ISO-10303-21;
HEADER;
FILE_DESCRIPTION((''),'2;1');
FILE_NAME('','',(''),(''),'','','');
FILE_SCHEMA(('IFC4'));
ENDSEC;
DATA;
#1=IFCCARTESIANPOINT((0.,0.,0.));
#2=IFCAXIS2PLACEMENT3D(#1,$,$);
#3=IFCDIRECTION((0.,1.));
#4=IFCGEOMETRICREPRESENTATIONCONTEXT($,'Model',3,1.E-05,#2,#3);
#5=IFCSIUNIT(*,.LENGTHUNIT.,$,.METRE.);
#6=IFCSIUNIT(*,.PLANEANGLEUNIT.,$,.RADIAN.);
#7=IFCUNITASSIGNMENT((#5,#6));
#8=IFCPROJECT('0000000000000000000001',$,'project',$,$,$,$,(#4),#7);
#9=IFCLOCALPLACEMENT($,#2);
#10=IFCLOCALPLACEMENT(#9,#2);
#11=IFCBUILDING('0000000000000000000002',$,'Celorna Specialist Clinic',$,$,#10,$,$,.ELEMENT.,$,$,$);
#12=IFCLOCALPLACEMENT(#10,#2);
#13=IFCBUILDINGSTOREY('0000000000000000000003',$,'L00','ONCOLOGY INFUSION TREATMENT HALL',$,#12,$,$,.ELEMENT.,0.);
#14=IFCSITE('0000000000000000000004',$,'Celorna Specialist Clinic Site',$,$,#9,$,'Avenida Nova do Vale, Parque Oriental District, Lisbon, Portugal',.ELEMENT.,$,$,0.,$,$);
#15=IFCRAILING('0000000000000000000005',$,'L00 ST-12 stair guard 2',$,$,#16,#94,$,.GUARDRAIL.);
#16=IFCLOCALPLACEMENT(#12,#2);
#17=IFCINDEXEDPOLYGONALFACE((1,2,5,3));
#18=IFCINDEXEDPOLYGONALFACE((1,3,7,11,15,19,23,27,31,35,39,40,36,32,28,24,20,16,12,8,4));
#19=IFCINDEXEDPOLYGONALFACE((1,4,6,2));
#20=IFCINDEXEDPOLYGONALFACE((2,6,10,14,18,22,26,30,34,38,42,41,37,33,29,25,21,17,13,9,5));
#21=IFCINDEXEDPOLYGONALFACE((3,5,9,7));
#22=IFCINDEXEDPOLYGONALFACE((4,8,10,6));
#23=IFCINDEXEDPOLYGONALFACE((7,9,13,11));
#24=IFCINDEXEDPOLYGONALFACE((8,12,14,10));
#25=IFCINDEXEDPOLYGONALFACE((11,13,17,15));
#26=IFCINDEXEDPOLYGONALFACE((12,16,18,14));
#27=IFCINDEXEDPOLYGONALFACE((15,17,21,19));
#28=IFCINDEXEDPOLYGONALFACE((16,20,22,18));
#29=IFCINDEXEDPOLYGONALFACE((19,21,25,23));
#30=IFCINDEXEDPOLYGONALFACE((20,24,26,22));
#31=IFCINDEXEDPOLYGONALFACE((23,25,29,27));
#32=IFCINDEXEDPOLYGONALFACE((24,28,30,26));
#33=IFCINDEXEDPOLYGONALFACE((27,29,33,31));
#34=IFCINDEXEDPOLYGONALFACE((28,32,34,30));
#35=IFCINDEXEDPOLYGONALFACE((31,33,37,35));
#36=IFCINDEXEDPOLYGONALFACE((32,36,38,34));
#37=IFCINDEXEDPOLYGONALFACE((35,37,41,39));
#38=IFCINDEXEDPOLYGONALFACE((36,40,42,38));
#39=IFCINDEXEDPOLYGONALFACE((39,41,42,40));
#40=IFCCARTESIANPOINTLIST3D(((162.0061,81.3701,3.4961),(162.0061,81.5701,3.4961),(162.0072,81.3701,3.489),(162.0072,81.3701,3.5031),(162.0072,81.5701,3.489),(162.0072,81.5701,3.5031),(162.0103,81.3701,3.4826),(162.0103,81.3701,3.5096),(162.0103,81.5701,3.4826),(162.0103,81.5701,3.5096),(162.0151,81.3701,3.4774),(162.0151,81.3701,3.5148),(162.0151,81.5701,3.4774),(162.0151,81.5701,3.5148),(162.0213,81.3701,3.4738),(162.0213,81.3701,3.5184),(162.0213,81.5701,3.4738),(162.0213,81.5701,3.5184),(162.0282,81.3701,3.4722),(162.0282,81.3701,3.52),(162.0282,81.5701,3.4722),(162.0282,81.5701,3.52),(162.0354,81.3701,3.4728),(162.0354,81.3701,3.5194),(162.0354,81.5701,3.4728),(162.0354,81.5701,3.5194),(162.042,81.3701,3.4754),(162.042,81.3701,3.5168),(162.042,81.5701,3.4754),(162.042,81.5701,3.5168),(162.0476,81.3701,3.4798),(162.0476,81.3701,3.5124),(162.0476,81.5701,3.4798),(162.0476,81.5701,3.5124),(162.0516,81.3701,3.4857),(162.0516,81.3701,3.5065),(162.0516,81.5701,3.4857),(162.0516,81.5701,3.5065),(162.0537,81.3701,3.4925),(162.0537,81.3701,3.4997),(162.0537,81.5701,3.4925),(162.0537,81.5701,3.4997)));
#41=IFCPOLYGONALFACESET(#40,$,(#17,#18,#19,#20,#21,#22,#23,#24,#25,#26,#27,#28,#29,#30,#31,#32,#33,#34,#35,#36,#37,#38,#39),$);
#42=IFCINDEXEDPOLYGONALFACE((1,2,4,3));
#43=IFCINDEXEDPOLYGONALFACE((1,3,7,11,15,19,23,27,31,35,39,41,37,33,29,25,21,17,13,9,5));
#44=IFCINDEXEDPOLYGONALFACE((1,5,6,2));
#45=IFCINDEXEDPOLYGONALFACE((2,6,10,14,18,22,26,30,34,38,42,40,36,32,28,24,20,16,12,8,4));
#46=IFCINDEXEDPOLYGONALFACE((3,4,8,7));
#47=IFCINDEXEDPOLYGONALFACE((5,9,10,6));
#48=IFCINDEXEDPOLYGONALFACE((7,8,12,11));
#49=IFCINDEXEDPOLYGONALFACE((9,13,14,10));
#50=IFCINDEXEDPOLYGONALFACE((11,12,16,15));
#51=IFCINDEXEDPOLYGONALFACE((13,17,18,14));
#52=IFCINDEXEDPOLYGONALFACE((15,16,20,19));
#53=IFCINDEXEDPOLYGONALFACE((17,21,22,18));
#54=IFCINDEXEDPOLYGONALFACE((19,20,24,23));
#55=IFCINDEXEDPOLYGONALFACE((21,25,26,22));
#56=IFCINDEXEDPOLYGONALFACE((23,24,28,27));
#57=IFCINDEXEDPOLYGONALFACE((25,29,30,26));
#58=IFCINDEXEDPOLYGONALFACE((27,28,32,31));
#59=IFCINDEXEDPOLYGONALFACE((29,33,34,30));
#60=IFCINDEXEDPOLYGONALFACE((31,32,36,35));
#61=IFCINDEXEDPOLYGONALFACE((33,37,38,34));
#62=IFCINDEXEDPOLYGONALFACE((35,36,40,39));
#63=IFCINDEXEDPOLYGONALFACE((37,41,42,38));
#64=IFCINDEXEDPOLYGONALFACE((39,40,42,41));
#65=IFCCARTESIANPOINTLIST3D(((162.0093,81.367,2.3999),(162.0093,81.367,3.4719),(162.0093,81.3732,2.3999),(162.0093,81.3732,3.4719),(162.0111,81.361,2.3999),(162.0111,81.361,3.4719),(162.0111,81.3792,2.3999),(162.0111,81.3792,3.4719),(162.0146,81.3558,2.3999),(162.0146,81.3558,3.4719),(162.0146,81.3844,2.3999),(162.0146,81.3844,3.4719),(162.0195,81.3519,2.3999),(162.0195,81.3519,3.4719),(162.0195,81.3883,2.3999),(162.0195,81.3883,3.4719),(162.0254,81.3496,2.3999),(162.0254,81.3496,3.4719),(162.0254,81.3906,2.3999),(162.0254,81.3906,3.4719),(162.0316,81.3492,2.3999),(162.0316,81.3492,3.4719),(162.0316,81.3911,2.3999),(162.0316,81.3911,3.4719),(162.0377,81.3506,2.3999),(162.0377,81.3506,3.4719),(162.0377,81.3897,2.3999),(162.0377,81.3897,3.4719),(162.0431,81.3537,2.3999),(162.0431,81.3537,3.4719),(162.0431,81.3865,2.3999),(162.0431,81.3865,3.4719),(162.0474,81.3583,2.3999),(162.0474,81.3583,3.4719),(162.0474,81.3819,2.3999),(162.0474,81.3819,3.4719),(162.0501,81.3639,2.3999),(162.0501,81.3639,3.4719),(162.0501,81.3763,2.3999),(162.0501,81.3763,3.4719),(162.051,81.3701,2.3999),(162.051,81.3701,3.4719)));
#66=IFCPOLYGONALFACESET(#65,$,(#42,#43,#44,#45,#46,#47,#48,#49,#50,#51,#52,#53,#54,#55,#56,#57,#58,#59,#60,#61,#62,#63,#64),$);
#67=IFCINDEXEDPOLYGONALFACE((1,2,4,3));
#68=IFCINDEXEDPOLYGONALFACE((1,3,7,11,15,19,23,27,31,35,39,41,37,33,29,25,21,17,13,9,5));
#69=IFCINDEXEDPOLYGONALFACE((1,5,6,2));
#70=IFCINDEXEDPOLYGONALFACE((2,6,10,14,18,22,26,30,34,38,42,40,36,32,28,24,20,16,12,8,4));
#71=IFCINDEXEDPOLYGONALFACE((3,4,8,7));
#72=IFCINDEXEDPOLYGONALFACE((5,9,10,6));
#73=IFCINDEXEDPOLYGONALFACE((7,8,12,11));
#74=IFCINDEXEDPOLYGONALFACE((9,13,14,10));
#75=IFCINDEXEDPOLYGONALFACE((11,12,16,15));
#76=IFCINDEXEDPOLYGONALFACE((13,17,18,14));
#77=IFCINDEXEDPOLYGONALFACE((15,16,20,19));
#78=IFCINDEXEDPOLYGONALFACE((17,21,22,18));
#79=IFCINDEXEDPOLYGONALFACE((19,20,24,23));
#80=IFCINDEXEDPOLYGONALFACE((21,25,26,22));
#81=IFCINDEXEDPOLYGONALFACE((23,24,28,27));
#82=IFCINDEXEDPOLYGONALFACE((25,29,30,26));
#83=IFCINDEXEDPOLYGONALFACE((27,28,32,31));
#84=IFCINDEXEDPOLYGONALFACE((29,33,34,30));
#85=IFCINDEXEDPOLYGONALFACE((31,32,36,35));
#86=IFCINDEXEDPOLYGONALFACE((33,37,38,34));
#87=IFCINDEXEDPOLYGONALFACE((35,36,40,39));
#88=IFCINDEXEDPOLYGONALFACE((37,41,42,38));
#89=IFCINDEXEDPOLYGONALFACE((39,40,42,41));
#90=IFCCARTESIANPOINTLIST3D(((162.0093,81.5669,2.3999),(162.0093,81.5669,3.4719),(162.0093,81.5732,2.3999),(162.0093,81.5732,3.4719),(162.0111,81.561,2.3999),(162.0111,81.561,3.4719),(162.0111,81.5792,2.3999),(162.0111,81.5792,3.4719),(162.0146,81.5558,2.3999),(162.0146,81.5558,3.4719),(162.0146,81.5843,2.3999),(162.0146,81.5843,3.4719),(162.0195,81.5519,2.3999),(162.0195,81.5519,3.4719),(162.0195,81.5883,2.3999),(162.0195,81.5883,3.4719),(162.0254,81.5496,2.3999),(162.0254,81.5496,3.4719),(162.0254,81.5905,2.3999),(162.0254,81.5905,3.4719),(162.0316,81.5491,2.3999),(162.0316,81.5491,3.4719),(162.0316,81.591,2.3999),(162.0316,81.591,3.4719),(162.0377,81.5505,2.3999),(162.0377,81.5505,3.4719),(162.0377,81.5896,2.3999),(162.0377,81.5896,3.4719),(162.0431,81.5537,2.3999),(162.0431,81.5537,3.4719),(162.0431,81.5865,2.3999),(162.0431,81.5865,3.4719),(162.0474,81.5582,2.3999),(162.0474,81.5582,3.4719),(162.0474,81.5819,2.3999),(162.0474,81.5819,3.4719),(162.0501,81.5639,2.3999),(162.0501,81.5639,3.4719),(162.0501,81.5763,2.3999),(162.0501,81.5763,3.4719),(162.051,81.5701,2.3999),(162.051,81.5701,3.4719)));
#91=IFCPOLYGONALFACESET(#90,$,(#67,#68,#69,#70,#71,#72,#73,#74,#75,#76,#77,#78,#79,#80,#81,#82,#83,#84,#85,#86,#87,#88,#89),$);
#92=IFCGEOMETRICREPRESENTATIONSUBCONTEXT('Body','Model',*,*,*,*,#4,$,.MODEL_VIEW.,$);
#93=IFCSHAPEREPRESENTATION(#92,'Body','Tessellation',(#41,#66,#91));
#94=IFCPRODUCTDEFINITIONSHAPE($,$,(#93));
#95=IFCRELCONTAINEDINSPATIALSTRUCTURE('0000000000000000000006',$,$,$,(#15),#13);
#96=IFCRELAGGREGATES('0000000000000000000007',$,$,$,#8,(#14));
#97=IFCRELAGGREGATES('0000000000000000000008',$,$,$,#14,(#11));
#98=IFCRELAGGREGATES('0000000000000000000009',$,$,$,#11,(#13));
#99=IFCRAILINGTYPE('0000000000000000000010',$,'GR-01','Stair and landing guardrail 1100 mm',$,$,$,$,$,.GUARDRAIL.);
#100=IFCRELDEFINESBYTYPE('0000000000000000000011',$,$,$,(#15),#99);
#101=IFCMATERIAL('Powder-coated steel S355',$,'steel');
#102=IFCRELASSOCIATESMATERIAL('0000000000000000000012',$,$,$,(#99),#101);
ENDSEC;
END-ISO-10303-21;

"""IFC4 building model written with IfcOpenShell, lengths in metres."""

from ifc_helpers import new_model, si_unit, direction, frame, origin, origin_2d, place, context, subcontext, project, spatial, circle, extrude, material, type_object, element, save


model = new_model("IFC4")

# Units and contexts
model_context = context("Model", 3, precision=1e-05, world=origin(), true_north=direction((0.0, 1.0)))
body_context = subcontext(model_context, "Body", "Model", "MODEL_VIEW")
ifc_project = project(units=[si_unit("LENGTHUNIT", "METRE"), si_unit("PLANEANGLEUNIT", "RADIAN")], contexts=[model_context])

# Site, building, storey
site_placement = place(None, origin())
site = spatial("IfcSite", under=ifc_project, at=site_placement, Name="Celorna Specialist Clinic Site", LongName="Avenida Nova do Vale, Parque Oriental District, Lisbon, Portugal", CompositionType="ELEMENT", RefElevation=0.0)
building_placement = place(site_placement, origin())
building = spatial("IfcBuilding", under=site, at=building_placement, Name="Celorna Specialist Clinic", CompositionType="ELEMENT")
storey_placement = place(building_placement, origin())
storey = spatial("IfcBuildingStorey", under=building, at=storey_placement, Name="L00", Description="ONCOLOGY INFUSION TREATMENT HALL", CompositionType="ELEMENT", Elevation=0.0)

# Railing
ifc_material_1 = material(Name="Powder-coated steel S355", Category="steel")
railing_type_1 = type_object("IfcRailingType", Name="GR-01", Description="Stair and landing guardrail 1100 mm", PredefinedType="GUARDRAIL", material=ifc_material_1)
railing_1_placement = place(storey_placement, frame((162.03, 81.3701, 2.3999)))
element("IfcRailing", 1, at=railing_1_placement, inside=storey, type_object=railing_type_1, Name="L00 ST-12 stair guard 2", PredefinedType="GUARDRAIL", context=body_context, shape_type="SweptSolid", body=[
    extrude(circle(Radius=0.0239, at=origin_2d()), frame((0.0, 0.0, 1.0962), z_axis=(0.0, 1.0, 0.0), x_axis=(-1.0, 0.0, 0.0)), (0.0, 0.0, 1.0), 0.2),
    extrude(circle(Radius=0.021, at=origin_2d()), origin(), (0.0, 0.0, 1.0), 1.072),
    extrude(circle(Radius=0.021, at=origin_2d()), frame((0.0, 0.2, 0.0)), (0.0, 0.0, 1.0), 1.072),
])

save(model, "model.ifc")
